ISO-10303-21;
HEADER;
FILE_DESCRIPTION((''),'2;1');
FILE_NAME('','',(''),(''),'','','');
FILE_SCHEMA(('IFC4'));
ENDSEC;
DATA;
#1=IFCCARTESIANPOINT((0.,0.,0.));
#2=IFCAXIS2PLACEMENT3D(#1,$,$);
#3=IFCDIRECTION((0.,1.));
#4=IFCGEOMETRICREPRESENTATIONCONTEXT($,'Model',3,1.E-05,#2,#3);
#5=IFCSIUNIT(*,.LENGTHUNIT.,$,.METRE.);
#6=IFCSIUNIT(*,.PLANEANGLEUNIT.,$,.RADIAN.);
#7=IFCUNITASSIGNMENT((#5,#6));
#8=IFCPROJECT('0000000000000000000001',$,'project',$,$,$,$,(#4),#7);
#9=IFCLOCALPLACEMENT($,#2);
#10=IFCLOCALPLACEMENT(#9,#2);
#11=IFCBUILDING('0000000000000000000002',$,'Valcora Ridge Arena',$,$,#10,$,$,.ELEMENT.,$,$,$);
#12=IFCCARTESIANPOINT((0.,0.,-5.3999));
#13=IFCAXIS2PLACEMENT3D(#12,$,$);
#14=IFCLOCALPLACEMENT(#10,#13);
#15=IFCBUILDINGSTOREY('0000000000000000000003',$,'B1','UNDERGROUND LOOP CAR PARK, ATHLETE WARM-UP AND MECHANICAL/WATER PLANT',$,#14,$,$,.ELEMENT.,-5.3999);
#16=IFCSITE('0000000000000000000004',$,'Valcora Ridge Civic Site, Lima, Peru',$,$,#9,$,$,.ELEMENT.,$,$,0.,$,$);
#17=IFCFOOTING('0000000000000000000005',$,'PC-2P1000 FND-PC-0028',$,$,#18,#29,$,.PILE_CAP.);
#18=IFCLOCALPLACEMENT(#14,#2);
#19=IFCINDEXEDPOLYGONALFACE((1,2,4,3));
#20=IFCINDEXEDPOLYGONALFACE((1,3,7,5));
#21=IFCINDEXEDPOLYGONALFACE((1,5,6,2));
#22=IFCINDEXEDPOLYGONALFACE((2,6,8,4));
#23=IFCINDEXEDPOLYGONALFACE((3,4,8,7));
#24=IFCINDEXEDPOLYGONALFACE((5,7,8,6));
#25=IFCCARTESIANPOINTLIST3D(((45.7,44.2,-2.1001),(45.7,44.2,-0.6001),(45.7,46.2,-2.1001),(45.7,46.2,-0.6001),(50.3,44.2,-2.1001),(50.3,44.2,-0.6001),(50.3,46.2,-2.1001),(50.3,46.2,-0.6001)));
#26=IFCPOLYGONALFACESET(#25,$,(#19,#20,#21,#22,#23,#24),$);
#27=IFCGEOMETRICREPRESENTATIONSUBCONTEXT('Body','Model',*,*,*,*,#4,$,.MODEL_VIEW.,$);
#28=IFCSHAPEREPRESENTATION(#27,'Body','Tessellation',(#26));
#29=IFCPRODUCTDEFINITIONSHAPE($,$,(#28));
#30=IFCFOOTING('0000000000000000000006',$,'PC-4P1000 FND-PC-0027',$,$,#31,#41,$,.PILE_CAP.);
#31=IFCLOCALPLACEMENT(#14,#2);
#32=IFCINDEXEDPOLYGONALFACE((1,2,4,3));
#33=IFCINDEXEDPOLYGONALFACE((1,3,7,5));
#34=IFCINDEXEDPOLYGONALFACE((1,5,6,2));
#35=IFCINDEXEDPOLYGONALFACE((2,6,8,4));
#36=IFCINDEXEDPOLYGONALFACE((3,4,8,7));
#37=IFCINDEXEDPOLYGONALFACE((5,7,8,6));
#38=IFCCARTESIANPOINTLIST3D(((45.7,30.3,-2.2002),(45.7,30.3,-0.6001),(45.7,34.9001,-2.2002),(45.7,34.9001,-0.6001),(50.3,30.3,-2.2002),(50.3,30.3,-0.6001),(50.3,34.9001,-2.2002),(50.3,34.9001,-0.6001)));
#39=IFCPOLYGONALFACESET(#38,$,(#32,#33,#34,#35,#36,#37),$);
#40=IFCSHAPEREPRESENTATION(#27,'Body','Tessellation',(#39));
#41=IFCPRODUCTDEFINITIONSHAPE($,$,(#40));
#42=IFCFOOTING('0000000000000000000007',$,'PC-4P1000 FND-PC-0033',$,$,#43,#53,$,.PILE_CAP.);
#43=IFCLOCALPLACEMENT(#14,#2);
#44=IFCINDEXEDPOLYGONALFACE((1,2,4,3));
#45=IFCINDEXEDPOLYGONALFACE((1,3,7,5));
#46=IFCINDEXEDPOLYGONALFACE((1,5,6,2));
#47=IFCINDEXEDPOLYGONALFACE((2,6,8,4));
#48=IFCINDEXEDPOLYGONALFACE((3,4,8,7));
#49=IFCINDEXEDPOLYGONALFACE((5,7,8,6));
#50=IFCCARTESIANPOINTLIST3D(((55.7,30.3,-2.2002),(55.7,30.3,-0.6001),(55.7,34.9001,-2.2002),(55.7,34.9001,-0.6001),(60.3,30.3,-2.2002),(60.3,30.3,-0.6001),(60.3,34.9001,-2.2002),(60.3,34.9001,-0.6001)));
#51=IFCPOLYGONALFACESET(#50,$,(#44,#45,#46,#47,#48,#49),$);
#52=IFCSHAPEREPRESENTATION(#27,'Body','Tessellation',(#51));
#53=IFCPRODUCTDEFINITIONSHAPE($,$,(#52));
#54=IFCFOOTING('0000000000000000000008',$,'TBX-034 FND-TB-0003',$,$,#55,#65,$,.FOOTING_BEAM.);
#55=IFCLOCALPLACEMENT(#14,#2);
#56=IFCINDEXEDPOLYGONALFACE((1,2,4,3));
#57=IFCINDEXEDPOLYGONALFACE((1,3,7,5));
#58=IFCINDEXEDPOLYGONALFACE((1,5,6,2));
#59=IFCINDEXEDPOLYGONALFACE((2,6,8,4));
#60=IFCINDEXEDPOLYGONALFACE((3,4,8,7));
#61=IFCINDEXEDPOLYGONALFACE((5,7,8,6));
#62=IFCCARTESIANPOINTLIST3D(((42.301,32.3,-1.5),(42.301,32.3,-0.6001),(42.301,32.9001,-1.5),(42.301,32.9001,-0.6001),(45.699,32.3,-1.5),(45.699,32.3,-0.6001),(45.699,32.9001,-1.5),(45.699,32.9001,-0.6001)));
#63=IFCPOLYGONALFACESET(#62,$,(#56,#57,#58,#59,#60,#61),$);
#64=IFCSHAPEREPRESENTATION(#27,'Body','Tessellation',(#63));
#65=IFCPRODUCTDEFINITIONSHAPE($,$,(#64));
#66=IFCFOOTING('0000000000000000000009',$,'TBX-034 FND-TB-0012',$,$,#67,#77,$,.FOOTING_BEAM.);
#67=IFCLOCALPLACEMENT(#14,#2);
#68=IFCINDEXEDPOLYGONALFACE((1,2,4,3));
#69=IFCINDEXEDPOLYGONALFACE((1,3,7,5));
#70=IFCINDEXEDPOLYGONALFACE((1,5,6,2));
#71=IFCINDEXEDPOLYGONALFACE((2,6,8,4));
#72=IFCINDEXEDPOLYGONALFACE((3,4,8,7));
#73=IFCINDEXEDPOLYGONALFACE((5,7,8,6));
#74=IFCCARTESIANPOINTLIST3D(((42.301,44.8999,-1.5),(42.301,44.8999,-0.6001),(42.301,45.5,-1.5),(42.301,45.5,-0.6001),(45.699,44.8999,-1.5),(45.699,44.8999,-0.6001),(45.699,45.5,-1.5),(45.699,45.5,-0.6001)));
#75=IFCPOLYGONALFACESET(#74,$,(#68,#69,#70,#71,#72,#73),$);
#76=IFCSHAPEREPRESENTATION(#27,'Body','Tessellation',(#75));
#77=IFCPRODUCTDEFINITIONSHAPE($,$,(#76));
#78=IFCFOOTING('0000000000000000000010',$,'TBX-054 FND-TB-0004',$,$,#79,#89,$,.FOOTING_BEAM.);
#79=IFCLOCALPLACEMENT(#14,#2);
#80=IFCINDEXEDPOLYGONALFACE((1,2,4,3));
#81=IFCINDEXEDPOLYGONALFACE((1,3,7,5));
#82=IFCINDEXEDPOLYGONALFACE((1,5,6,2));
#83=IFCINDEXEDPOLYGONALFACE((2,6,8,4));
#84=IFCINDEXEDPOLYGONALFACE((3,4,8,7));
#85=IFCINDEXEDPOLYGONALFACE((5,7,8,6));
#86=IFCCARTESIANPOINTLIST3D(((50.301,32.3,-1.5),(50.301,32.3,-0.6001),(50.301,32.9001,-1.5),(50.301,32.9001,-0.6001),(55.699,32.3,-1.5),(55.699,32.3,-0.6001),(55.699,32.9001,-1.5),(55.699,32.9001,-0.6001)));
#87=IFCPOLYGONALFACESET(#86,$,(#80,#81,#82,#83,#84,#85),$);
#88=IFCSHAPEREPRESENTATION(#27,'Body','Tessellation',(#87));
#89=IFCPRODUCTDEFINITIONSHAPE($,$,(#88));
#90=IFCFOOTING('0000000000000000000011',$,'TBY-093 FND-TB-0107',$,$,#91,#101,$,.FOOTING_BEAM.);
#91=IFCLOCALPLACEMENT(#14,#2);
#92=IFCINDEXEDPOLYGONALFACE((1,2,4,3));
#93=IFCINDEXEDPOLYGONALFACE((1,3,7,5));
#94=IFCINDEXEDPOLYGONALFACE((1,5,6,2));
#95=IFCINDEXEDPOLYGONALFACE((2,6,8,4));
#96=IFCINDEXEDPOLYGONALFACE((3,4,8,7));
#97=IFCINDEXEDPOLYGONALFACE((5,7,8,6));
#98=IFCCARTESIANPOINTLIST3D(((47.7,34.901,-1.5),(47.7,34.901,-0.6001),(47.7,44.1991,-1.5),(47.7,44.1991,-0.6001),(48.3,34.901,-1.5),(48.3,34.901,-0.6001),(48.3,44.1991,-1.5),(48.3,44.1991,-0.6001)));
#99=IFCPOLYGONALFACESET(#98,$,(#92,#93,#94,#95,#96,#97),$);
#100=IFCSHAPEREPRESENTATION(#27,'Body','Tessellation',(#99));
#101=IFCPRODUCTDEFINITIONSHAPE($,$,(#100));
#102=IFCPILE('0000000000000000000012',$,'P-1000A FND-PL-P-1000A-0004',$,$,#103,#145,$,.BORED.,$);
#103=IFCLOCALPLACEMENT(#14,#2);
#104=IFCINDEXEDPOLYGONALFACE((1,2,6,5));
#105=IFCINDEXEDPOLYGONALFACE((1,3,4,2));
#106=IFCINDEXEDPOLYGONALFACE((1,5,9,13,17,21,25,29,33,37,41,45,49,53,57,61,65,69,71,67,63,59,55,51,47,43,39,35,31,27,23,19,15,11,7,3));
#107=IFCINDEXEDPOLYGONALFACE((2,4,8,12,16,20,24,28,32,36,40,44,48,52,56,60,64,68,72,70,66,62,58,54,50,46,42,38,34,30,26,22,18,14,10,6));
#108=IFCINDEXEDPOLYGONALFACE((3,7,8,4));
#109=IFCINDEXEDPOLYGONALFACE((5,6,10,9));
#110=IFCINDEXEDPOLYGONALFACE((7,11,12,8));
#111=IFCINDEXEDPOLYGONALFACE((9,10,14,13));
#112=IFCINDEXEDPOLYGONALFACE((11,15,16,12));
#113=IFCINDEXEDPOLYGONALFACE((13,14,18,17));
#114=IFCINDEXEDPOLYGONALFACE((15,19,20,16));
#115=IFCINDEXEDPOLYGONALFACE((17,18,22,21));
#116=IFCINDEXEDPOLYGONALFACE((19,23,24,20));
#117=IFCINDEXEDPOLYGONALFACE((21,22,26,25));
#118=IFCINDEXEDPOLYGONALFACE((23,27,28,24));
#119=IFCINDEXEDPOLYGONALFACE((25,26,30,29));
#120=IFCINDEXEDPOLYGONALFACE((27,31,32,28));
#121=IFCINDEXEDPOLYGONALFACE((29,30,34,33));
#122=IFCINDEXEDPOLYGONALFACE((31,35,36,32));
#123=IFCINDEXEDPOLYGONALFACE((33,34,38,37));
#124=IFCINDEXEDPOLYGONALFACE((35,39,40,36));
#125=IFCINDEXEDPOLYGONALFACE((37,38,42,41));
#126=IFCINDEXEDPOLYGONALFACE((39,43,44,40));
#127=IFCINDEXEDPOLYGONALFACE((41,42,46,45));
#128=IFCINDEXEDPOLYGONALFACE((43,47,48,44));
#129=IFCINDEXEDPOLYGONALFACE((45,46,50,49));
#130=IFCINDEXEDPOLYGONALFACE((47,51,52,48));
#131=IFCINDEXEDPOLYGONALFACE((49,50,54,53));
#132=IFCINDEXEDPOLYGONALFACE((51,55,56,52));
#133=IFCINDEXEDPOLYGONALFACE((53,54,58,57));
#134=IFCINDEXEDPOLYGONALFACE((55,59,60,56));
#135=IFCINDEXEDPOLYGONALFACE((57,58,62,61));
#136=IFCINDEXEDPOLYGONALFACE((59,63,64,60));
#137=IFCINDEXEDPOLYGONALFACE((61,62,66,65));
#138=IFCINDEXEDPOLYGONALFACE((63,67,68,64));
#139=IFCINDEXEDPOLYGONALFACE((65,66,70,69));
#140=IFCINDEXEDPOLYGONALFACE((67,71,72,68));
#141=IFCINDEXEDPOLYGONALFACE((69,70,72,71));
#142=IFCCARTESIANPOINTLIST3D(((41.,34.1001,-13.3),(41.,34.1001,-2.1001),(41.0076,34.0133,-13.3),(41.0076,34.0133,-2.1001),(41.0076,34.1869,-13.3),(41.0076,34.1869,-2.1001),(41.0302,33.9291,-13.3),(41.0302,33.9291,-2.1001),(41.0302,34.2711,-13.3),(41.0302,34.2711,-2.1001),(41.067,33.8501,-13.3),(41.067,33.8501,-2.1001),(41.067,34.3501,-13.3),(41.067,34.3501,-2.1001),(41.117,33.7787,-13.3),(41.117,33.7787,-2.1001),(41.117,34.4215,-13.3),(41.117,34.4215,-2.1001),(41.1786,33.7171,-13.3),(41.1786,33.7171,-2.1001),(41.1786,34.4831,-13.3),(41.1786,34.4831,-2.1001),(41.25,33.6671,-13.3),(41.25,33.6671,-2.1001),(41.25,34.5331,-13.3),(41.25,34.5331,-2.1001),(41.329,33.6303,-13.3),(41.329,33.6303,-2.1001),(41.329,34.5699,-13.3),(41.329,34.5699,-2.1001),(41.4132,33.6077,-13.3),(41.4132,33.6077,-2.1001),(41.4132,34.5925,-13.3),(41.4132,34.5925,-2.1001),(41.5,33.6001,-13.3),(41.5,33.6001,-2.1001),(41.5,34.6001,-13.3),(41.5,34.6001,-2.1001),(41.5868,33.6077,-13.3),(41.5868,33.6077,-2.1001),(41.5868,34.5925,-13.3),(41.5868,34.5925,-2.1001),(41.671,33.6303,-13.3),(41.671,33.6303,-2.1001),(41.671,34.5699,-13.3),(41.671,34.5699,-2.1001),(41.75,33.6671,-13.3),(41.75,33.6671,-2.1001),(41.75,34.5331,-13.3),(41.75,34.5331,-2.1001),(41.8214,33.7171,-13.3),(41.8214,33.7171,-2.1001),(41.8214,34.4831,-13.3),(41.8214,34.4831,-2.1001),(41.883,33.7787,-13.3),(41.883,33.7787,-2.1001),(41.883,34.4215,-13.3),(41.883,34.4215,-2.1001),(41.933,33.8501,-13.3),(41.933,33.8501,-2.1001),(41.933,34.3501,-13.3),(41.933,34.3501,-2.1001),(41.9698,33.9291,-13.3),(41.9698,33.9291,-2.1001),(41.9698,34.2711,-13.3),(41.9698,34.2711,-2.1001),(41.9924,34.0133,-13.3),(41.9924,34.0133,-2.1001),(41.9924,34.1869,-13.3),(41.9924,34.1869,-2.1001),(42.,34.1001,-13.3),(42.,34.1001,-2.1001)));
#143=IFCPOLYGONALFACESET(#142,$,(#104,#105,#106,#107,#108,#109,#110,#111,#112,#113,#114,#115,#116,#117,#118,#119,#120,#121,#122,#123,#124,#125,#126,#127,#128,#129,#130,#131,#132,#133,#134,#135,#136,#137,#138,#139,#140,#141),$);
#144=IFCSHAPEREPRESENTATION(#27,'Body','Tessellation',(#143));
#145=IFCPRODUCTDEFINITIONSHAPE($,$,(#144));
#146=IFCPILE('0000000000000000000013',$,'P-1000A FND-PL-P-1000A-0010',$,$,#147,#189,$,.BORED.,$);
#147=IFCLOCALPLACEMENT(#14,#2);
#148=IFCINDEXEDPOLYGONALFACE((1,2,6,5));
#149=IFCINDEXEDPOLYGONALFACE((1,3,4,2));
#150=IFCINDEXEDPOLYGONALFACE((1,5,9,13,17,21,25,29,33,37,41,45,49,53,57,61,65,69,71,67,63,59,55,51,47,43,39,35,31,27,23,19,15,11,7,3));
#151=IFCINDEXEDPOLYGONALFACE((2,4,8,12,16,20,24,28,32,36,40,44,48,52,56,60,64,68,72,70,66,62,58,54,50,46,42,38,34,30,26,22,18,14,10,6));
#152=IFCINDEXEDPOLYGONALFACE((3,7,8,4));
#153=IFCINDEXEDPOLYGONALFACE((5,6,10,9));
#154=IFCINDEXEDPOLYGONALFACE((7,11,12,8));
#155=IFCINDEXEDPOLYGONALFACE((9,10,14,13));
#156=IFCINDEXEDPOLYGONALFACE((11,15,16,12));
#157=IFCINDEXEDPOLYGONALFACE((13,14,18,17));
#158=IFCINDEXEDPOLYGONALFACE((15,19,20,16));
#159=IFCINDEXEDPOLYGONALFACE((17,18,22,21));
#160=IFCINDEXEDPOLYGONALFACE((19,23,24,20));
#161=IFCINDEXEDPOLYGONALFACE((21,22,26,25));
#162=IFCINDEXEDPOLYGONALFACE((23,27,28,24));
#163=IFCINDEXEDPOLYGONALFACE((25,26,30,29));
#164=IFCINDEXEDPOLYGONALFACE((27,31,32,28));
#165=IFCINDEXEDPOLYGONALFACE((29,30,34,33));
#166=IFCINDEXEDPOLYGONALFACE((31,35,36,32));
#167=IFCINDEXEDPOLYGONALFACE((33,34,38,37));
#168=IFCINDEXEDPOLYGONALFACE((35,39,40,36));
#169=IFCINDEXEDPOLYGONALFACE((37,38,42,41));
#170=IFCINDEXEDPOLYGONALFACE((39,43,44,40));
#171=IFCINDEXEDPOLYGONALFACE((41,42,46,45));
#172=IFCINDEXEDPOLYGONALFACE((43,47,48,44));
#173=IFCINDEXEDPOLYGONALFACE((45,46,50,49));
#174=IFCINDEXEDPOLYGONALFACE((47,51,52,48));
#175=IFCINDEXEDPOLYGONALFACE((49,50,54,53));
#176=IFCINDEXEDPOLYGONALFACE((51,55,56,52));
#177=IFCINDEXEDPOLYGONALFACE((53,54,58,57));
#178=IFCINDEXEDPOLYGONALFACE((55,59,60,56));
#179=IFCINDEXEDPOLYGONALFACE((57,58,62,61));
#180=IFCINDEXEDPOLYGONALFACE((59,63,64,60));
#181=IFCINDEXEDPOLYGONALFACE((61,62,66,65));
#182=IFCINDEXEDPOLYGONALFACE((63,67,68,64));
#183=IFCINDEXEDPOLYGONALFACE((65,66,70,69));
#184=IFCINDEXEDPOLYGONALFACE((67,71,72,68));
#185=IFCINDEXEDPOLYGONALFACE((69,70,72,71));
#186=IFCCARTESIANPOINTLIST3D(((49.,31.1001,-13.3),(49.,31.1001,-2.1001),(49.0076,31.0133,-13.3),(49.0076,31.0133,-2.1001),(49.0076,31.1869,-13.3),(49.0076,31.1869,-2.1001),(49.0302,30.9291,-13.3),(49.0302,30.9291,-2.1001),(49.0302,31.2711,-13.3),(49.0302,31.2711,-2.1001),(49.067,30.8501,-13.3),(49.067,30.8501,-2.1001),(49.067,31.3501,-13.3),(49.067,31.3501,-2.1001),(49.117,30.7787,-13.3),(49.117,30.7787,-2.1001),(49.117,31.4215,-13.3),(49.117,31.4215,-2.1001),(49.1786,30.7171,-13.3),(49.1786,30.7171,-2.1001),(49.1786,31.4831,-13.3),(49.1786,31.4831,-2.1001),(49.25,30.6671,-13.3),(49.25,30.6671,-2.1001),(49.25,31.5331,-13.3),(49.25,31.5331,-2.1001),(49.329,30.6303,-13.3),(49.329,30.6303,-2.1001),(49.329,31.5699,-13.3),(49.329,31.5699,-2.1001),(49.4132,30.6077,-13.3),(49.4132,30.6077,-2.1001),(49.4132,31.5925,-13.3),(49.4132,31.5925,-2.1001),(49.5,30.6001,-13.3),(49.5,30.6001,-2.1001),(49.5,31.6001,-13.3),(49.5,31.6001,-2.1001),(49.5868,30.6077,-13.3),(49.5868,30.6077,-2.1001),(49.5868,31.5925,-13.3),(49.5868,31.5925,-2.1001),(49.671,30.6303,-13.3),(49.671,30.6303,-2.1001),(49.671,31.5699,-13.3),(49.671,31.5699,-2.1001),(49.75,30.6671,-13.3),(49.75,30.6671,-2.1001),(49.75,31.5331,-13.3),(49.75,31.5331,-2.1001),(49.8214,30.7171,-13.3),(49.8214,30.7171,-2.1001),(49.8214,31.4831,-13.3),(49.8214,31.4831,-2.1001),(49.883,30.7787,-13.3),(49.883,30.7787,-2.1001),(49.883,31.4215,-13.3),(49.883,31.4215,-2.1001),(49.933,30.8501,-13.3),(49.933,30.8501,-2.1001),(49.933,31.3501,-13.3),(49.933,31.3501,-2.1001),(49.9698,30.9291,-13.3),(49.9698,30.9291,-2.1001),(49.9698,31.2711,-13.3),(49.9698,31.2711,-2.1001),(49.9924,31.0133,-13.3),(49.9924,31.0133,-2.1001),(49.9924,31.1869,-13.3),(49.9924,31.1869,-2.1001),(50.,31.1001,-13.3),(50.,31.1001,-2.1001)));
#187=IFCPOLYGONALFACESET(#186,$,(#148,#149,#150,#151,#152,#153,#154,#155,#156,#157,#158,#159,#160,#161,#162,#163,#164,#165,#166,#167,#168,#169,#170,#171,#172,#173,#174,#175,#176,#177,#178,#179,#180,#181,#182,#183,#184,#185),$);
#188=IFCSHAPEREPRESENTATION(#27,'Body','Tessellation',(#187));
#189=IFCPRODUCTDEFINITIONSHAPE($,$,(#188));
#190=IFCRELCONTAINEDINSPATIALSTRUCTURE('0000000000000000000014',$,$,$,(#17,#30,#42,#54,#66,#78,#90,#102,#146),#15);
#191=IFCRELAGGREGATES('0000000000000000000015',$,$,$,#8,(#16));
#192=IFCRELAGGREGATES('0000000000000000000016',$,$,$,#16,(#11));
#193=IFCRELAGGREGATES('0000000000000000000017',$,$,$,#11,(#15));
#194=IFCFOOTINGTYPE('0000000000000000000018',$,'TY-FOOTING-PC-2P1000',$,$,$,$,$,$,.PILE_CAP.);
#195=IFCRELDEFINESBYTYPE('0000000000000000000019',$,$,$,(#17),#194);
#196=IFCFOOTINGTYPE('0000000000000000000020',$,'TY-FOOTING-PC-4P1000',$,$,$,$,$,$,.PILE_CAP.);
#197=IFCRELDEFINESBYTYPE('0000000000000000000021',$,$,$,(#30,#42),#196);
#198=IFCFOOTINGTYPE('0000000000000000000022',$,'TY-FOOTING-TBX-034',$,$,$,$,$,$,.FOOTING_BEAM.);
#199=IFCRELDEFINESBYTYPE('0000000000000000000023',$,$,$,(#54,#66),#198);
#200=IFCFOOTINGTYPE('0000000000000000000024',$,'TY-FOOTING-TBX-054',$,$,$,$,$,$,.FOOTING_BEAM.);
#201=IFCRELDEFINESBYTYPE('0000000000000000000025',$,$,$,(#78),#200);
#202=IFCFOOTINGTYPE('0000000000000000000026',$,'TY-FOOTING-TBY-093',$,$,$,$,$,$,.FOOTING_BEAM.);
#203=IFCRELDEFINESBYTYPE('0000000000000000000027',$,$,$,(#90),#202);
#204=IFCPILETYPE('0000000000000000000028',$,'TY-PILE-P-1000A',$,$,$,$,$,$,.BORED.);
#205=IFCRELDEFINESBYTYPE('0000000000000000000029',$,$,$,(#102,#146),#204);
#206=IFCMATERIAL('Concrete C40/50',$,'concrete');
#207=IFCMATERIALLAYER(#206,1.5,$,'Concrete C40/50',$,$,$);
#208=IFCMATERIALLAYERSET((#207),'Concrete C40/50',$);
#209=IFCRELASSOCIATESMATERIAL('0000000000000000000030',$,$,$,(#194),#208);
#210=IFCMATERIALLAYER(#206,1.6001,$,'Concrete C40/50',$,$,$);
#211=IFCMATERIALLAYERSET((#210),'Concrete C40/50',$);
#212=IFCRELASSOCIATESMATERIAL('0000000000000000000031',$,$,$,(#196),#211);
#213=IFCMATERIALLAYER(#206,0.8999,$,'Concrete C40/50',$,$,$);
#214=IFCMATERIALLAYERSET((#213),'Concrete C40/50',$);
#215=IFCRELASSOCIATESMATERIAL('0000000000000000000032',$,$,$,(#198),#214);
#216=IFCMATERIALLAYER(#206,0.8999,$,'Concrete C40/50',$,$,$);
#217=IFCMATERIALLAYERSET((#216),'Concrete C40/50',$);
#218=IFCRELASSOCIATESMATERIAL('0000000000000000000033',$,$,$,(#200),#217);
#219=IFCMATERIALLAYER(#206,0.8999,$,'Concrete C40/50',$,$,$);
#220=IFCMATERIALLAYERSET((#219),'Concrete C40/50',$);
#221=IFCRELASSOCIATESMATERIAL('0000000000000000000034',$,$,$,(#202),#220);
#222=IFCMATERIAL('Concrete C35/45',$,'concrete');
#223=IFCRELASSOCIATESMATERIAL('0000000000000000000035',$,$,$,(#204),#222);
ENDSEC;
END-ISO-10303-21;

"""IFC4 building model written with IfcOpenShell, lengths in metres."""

from ifc_helpers import new_model, si_unit, direction, frame, origin, origin_2d, place, context, subcontext, project, spatial, rectangle, circle, extrude, material, layer, layer_set, material_profile, profile_set, type_object, element, save


model = new_model("IFC4")

# Units and contexts
model_context = context("Model", 3, precision=1e-05, world=origin(), true_north=direction((0.0, 1.0)))
body_context = subcontext(model_context, "Body", "Model", "MODEL_VIEW")
ifc_project = project(units=[si_unit("LENGTHUNIT", "METRE"), si_unit("PLANEANGLEUNIT", "RADIAN")], contexts=[model_context])

# Site, building, storey
site_placement = place(None, origin())
site = spatial("IfcSite", under=ifc_project, at=site_placement, Name="Valcora Ridge Civic Site, Lima, Peru", CompositionType="ELEMENT", RefElevation=0.0)
building_placement = place(site_placement, origin())
building = spatial("IfcBuilding", under=site, at=building_placement, Name="Valcora Ridge Arena", CompositionType="ELEMENT")
storey_placement = place(building_placement, frame((0.0, 0.0, -5.3999)))
storey = spatial("IfcBuildingStorey", under=building, at=storey_placement, Name="B1", Description="UNDERGROUND LOOP CAR PARK, ATHLETE WARM-UP AND MECHANICAL/WATER PLANT", CompositionType="ELEMENT", Elevation=-5.3999)

# Footings
ifc_material_1 = material(Name="Concrete C40/50", Category="concrete")
ifc_layer_1 = layer(ifc_material_1, 1.5, Name="Concrete C40/50")
ifc_layer_set_1 = layer_set([ifc_layer_1], Name="Concrete C40/50")
footing_type_1 = type_object("IfcFootingType", Name="TY-FOOTING-PC-2P1000", PredefinedType="PILE_CAP", material=ifc_layer_set_1)
footing_1_placement = place(storey_placement, frame((48.0, 45.2, -2.1001), z_axis=(0.0, 0.0, 1.0), x_axis=(1.0, 0.0, 0.0)))
element("IfcFooting", 1, at=footing_1_placement, inside=storey, type_object=footing_type_1, Name="PC-2P1000 FND-PC-0028", PredefinedType="PILE_CAP", context=body_context, shape_type="SweptSolid", body=[
    extrude(rectangle(XDim=4.6001, YDim=2.0, at=origin_2d()), origin(), (0.0, 0.0, 1.0), 1.5),
])
ifc_layer_2 = layer(ifc_material_1, 1.6001, Name="Concrete C40/50")
ifc_layer_set_2 = layer_set([ifc_layer_2], Name="Concrete C40/50")
footing_type_2 = type_object("IfcFootingType", Name="TY-FOOTING-PC-4P1000", PredefinedType="PILE_CAP", material=ifc_layer_set_2)
for number, where, z_axis, x_axis, name in (
    (2, (48.0, 32.6001, -2.2002), (0.0, 0.0, 1.0), (1.0, 0.0, 0.0), "PC-4P1000 FND-PC-0027"),
    (3, (58.0, 32.6001, -2.2002), (0.0, 0.0, 1.0), (1.0, 0.0, 0.0), "PC-4P1000 FND-PC-0033"),
):
    element("IfcFooting", number, at=place(storey_placement, frame(where, z_axis=z_axis, x_axis=x_axis)), inside=storey, type_object=footing_type_2, Name=name, PredefinedType="PILE_CAP", context=body_context, shape_type="SweptSolid", body=[
        extrude(rectangle(XDim=4.6001, YDim=4.6001, at=origin_2d()), origin(), (0.0, 0.0, 1.0), 1.6001),
    ])
ifc_layer_3 = layer(ifc_material_1, 0.8999, Name="Concrete C40/50")
ifc_layer_set_3 = layer_set([ifc_layer_3], Name="Concrete C40/50")
footing_type_3 = type_object("IfcFootingType", Name="TY-FOOTING-TBX-034", PredefinedType="FOOTING_BEAM", material=ifc_layer_set_3)
for number, where, z_axis, x_axis, name in (
    (4, (44.0, 32.6001, -1.5), (0.0, 0.0, 1.0), (1.0, 0.0, 0.0), "TBX-034 FND-TB-0003"),
    (5, (44.0, 45.2, -1.5), (0.0, 0.0, 1.0), (1.0, 0.0, 0.0), "TBX-034 FND-TB-0012"),
):
    element("IfcFooting", number, at=place(storey_placement, frame(where, z_axis=z_axis, x_axis=x_axis)), inside=storey, type_object=footing_type_3, Name=name, PredefinedType="FOOTING_BEAM", context=body_context, shape_type="SweptSolid", body=[
        extrude(rectangle(XDim=3.3979, YDim=0.6001, at=origin_2d()), origin(), (0.0, 0.0, 1.0), 0.8999),
    ])
ifc_layer_4 = layer(ifc_material_1, 0.8999, Name="Concrete C40/50")
ifc_layer_set_4 = layer_set([ifc_layer_4], Name="Concrete C40/50")
footing_type_4 = type_object("IfcFootingType", Name="TY-FOOTING-TBX-054", PredefinedType="FOOTING_BEAM", material=ifc_layer_set_4)
footing_2_placement = place(storey_placement, frame((53.0, 32.6001, -1.5), z_axis=(0.0, 0.0, 1.0), x_axis=(1.0, 0.0, 0.0)))
element("IfcFooting", 6, at=footing_2_placement, inside=storey, type_object=footing_type_4, Name="TBX-054 FND-TB-0004", PredefinedType="FOOTING_BEAM", context=body_context, shape_type="SweptSolid", body=[
    extrude(rectangle(XDim=5.3979, YDim=0.6001, at=origin_2d()), origin(), (0.0, 0.0, 1.0), 0.8999),
])
ifc_layer_5 = layer(ifc_material_1, 0.8999, Name="Concrete C40/50")
ifc_layer_set_5 = layer_set([ifc_layer_5], Name="Concrete C40/50")
footing_type_5 = type_object("IfcFootingType", Name="TY-FOOTING-TBY-093", PredefinedType="FOOTING_BEAM", material=ifc_layer_set_5)
footing_3_placement = place(storey_placement, frame((48.0, 39.55, -1.5), z_axis=(0.0, 0.0, 1.0), x_axis=(1.0, 0.0, 0.0)))
element("IfcFooting", 7, at=footing_3_placement, inside=storey, type_object=footing_type_5, Name="TBY-093 FND-TB-0107", PredefinedType="FOOTING_BEAM", context=body_context, shape_type="SweptSolid", body=[
    extrude(rectangle(XDim=0.6001, YDim=9.2981, at=origin_2d()), origin(), (0.0, 0.0, 1.0), 0.8999),
])

# Piles
ifc_material_2 = material(Name="Concrete C35/45", Category="concrete")
ifc_material_profile_1 = material_profile(ifc_material_2, circle(Radius=0.5, at=origin_2d()), Name="BORED PILE D1000")
ifc_profile_set_1 = profile_set([ifc_material_profile_1], Name="Concrete C35/45")
pile_type_1 = type_object("IfcPileType", Name="TY-PILE-P-1000A", PredefinedType="BORED", material=ifc_profile_set_1)
for number, where, z_axis, x_axis, name in (
    (8, (41.5, 34.1001, -2.1001), (0.0, 0.0, -1.0), (1.0, 0.0, 0.0), "P-1000A FND-PL-P-1000A-0004"),
    (9, (49.5, 31.1001, -2.1001), (0.0, 0.0, -1.0), (1.0, 0.0, 0.0), "P-1000A FND-PL-P-1000A-0010"),
):
    element("IfcPile", number, at=place(storey_placement, frame(where, z_axis=z_axis, x_axis=x_axis)), inside=storey, type_object=pile_type_1, Name=name, PredefinedType="BORED", context=body_context, shape_type="SweptSolid", body=[
        extrude(circle(Radius=0.5, at=origin_2d()), origin(), (0.0, 0.0, 1.0), 11.2),
    ])

save(model, "model.ifc")
